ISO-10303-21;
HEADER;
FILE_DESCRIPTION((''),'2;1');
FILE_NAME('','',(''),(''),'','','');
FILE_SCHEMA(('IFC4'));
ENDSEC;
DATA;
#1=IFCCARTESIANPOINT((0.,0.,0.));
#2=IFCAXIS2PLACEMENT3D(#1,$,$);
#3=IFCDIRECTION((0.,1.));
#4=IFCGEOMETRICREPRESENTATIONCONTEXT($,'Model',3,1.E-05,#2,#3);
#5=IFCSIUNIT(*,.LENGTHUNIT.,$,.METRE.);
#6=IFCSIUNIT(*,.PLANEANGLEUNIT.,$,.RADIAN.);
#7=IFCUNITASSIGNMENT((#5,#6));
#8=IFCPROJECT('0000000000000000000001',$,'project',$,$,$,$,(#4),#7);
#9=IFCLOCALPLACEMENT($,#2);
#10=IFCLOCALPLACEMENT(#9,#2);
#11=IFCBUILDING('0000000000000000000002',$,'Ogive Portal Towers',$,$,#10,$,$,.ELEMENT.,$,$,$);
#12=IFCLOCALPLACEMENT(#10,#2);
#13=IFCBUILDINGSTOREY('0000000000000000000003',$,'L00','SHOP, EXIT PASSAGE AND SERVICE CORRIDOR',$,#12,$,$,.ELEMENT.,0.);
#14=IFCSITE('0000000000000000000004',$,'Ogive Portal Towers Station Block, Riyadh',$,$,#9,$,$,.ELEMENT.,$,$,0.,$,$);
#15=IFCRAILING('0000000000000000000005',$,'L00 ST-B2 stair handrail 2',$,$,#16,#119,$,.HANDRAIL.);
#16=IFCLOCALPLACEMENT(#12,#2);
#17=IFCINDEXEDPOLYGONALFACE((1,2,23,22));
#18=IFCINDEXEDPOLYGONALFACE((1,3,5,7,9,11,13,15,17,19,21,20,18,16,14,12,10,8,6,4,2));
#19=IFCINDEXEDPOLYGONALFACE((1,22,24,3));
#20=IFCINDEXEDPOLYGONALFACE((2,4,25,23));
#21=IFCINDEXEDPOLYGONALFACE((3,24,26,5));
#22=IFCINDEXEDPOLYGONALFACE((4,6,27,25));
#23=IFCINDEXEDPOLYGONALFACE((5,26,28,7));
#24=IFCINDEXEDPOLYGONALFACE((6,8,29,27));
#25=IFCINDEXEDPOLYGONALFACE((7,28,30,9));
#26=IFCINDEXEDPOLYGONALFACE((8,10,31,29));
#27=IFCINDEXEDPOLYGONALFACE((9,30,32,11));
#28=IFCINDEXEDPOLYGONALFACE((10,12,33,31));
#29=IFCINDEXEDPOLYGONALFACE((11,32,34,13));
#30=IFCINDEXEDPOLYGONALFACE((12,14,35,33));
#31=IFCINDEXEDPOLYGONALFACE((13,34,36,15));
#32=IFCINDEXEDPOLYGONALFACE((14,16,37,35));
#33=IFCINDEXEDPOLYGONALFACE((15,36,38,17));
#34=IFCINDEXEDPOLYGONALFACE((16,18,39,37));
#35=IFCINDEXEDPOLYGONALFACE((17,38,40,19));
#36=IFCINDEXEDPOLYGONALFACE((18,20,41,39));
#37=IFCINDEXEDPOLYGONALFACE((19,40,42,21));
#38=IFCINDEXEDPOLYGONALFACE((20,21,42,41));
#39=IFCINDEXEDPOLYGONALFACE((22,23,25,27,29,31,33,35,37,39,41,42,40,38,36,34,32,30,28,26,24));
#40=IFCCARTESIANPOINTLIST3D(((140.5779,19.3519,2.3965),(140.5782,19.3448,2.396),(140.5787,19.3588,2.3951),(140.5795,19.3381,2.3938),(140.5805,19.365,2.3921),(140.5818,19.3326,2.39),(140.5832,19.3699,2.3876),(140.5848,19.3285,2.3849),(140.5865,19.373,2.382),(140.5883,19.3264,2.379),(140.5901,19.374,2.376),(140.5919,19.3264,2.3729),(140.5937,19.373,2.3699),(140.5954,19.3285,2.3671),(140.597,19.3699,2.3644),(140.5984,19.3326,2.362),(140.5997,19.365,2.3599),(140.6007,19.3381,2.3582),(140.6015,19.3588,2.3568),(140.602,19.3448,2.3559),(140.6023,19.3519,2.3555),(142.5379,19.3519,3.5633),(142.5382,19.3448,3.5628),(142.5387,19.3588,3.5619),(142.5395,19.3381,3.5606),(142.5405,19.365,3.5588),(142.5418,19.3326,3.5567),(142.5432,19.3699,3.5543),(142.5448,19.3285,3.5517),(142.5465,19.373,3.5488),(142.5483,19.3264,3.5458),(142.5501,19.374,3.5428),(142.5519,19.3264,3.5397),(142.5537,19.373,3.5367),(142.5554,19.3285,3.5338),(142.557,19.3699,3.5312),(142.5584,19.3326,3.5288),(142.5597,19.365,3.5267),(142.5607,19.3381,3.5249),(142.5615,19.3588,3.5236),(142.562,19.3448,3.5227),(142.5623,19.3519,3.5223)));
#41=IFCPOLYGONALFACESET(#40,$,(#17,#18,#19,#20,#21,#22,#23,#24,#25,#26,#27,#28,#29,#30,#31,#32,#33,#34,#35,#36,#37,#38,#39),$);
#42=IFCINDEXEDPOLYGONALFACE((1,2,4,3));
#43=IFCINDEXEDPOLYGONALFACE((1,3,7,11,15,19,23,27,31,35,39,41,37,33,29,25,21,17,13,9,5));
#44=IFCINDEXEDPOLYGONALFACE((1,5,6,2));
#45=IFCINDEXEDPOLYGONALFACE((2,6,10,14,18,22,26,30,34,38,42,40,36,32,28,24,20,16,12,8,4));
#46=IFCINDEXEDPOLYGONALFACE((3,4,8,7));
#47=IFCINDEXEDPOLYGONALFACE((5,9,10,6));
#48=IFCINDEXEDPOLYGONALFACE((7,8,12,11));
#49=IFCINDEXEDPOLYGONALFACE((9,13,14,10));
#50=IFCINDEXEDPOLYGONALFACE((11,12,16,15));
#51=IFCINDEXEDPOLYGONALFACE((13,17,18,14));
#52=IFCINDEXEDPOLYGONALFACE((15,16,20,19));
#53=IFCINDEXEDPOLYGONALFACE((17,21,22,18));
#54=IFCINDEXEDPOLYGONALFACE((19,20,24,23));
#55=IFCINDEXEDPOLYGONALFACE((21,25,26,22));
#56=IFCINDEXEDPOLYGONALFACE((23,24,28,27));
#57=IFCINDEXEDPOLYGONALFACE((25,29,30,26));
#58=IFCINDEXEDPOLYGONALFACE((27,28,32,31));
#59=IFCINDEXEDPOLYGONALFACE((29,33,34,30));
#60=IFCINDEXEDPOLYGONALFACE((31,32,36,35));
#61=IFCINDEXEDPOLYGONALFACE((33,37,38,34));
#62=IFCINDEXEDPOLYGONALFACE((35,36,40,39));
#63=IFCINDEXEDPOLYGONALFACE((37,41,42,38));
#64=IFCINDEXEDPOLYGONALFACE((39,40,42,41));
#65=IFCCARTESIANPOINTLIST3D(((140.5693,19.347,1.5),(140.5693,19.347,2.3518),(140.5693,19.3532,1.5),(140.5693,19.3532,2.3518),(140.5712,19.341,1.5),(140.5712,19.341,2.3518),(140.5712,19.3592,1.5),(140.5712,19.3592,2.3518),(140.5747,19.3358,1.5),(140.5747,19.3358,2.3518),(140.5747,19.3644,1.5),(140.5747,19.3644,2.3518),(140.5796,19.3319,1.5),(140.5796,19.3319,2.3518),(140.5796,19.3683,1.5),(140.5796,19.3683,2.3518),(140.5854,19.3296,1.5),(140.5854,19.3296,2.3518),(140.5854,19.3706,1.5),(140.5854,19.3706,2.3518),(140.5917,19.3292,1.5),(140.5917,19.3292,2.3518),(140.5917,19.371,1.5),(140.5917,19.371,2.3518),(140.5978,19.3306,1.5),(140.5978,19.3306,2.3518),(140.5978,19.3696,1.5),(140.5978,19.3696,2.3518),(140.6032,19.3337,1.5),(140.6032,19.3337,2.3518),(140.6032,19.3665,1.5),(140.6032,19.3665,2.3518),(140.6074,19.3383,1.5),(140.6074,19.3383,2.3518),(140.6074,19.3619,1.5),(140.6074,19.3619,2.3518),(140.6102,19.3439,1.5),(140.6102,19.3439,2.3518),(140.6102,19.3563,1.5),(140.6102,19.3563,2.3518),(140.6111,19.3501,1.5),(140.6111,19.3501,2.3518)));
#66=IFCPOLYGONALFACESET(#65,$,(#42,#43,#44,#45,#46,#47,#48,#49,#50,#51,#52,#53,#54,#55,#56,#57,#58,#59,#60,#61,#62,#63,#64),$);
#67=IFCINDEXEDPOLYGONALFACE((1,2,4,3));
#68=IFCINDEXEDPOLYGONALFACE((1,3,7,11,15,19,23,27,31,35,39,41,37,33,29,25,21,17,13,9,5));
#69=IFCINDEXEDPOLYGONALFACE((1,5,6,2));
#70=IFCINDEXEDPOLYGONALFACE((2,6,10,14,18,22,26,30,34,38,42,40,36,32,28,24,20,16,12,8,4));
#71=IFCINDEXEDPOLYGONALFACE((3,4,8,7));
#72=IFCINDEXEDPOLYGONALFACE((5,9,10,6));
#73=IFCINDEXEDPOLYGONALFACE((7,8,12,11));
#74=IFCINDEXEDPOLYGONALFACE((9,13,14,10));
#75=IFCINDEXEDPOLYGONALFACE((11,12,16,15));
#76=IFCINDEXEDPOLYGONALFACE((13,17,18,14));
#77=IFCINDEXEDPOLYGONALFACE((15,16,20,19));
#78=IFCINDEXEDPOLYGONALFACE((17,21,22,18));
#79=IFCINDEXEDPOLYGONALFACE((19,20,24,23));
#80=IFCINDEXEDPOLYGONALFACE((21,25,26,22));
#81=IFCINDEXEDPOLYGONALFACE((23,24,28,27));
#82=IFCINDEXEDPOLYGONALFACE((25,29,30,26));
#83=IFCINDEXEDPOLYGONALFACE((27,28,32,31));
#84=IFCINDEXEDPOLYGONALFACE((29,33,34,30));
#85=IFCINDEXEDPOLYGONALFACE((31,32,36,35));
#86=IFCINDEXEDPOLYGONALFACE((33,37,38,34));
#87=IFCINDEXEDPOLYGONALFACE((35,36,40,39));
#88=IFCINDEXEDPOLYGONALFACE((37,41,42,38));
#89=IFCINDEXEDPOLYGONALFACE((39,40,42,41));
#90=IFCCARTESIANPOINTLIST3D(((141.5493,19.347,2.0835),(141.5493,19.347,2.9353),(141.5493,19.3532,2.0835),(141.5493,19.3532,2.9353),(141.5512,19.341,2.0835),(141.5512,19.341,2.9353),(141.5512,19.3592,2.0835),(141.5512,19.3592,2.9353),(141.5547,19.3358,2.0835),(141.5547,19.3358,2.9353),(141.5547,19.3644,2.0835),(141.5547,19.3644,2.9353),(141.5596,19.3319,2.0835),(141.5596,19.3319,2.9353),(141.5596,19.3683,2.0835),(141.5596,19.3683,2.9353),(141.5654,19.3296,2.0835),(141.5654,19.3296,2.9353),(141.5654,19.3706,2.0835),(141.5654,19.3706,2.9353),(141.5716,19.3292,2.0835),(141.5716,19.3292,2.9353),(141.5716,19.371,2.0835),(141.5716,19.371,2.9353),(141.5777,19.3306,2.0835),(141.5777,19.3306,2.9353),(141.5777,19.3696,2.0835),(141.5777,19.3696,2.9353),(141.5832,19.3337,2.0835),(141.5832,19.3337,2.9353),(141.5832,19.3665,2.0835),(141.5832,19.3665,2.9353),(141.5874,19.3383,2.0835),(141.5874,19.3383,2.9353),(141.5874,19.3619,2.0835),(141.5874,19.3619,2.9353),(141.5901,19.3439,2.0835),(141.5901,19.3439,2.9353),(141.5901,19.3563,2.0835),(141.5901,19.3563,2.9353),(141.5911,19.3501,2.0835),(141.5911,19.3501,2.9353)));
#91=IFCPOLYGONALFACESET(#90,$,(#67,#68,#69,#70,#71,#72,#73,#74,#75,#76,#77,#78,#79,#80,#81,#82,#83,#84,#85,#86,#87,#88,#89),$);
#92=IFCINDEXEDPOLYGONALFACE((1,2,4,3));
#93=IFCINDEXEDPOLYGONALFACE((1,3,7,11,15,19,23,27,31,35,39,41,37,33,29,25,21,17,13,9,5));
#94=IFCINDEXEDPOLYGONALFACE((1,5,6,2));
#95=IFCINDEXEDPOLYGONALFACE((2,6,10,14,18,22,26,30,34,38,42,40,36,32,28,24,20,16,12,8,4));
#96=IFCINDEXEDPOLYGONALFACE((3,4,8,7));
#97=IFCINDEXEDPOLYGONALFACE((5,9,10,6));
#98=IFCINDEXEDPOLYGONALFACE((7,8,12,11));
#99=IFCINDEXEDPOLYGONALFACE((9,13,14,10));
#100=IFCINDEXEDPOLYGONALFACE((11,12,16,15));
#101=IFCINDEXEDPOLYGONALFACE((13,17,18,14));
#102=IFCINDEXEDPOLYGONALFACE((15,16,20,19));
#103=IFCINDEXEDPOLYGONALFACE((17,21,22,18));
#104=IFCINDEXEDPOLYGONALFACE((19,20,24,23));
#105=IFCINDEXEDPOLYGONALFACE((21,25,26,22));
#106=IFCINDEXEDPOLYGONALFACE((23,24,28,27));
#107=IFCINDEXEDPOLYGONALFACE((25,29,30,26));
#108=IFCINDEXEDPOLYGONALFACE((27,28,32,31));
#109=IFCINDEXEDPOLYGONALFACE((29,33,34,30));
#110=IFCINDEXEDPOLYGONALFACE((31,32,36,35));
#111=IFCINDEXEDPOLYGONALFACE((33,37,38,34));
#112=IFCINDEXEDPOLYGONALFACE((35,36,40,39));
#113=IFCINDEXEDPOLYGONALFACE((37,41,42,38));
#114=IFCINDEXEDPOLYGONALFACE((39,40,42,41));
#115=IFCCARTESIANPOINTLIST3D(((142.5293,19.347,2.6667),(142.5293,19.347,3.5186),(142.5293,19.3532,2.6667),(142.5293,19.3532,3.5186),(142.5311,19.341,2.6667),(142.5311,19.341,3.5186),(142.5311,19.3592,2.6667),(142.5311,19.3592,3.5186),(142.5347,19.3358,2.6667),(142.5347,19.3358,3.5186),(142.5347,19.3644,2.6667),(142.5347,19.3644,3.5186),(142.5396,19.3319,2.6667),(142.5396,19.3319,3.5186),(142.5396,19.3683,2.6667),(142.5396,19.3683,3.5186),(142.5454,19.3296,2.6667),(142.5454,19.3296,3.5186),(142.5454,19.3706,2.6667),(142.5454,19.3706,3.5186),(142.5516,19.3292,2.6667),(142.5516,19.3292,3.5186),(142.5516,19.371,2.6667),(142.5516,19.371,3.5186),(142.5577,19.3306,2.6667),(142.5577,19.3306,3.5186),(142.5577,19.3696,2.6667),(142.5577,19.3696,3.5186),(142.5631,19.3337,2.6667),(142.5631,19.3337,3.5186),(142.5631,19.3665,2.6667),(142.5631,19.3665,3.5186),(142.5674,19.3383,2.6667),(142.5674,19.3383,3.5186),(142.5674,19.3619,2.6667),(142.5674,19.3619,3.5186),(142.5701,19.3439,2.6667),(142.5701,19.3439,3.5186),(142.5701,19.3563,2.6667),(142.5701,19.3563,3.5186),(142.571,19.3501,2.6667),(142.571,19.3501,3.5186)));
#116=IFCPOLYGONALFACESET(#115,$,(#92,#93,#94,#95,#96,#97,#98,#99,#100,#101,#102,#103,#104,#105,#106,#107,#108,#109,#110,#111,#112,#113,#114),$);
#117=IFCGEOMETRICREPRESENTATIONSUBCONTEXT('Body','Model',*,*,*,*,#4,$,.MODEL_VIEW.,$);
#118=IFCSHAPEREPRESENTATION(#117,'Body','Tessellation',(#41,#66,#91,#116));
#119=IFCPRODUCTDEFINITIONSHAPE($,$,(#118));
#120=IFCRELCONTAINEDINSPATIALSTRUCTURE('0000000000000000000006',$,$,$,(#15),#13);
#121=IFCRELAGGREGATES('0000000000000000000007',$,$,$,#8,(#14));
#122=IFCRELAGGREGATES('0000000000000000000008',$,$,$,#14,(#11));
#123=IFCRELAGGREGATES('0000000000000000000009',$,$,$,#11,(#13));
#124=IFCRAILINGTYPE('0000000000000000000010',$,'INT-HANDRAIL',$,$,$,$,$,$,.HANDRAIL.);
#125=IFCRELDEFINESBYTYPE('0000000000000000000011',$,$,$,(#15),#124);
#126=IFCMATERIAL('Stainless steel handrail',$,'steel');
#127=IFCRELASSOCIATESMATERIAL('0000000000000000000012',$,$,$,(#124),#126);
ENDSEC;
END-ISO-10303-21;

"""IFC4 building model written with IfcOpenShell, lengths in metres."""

from ifc_helpers import new_model, si_unit, direction, frame, origin, origin_2d, place, context, subcontext, project, spatial, circle, extrude, material, type_object, element, save


model = new_model("IFC4")

# Units and contexts
model_context = context("Model", 3, precision=1e-05, world=origin(), true_north=direction((0.0, 1.0)))
body_context = subcontext(model_context, "Body", "Model", "MODEL_VIEW")
ifc_project = project(units=[si_unit("LENGTHUNIT", "METRE"), si_unit("PLANEANGLEUNIT", "RADIAN")], contexts=[model_context])

# Site, building, storey
site_placement = place(None, origin())
site = spatial("IfcSite", under=ifc_project, at=site_placement, Name="Ogive Portal Towers Station Block, Riyadh", CompositionType="ELEMENT", RefElevation=0.0)
building_placement = place(site_placement, origin())
building = spatial("IfcBuilding", under=site, at=building_placement, Name="Ogive Portal Towers", CompositionType="ELEMENT")
storey_placement = place(building_placement, origin())
storey = spatial("IfcBuildingStorey", under=building, at=storey_placement, Name="L00", Description="SHOP, EXIT PASSAGE AND SERVICE CORRIDOR", CompositionType="ELEMENT", Elevation=0.0)

# Railing
ifc_material_1 = material(Name="Stainless steel handrail", Category="steel")
railing_type_1 = type_object("IfcRailingType", Name="INT-HANDRAIL", PredefinedType="HANDRAIL", material=ifc_material_1)
railing_1_placement = place(storey_placement, frame((140.5901, 19.3501, 1.5)))
element("IfcRailing", 1, at=railing_1_placement, inside=storey, type_object=railing_type_1, Name="L00 ST-B2 stair handrail 2", PredefinedType="HANDRAIL", context=body_context, shape_type="SweptSolid", body=[
    extrude(circle(Radius=0.0239, at=origin_2d()), frame((0.0, 0.0, 0.876), z_axis=(0.859273, 0.0, 0.511518), x_axis=(0.0, 1.0, 0.0)), (0.0, 0.0, 1.0), 2.281),
    extrude(circle(Radius=0.021, at=origin_2d()), origin(), (0.0, 0.0, 1.0), 0.8518),
    extrude(circle(Radius=0.021, at=origin_2d()), frame((0.98, 0.0, 0.5835)), (0.0, 0.0, 1.0), 0.8518),
    extrude(circle(Radius=0.021, at=origin_2d()), frame((1.96, 0.0, 1.1667)), (0.0, 0.0, 1.0), 0.8518),
])

save(model, "model.ifc")
